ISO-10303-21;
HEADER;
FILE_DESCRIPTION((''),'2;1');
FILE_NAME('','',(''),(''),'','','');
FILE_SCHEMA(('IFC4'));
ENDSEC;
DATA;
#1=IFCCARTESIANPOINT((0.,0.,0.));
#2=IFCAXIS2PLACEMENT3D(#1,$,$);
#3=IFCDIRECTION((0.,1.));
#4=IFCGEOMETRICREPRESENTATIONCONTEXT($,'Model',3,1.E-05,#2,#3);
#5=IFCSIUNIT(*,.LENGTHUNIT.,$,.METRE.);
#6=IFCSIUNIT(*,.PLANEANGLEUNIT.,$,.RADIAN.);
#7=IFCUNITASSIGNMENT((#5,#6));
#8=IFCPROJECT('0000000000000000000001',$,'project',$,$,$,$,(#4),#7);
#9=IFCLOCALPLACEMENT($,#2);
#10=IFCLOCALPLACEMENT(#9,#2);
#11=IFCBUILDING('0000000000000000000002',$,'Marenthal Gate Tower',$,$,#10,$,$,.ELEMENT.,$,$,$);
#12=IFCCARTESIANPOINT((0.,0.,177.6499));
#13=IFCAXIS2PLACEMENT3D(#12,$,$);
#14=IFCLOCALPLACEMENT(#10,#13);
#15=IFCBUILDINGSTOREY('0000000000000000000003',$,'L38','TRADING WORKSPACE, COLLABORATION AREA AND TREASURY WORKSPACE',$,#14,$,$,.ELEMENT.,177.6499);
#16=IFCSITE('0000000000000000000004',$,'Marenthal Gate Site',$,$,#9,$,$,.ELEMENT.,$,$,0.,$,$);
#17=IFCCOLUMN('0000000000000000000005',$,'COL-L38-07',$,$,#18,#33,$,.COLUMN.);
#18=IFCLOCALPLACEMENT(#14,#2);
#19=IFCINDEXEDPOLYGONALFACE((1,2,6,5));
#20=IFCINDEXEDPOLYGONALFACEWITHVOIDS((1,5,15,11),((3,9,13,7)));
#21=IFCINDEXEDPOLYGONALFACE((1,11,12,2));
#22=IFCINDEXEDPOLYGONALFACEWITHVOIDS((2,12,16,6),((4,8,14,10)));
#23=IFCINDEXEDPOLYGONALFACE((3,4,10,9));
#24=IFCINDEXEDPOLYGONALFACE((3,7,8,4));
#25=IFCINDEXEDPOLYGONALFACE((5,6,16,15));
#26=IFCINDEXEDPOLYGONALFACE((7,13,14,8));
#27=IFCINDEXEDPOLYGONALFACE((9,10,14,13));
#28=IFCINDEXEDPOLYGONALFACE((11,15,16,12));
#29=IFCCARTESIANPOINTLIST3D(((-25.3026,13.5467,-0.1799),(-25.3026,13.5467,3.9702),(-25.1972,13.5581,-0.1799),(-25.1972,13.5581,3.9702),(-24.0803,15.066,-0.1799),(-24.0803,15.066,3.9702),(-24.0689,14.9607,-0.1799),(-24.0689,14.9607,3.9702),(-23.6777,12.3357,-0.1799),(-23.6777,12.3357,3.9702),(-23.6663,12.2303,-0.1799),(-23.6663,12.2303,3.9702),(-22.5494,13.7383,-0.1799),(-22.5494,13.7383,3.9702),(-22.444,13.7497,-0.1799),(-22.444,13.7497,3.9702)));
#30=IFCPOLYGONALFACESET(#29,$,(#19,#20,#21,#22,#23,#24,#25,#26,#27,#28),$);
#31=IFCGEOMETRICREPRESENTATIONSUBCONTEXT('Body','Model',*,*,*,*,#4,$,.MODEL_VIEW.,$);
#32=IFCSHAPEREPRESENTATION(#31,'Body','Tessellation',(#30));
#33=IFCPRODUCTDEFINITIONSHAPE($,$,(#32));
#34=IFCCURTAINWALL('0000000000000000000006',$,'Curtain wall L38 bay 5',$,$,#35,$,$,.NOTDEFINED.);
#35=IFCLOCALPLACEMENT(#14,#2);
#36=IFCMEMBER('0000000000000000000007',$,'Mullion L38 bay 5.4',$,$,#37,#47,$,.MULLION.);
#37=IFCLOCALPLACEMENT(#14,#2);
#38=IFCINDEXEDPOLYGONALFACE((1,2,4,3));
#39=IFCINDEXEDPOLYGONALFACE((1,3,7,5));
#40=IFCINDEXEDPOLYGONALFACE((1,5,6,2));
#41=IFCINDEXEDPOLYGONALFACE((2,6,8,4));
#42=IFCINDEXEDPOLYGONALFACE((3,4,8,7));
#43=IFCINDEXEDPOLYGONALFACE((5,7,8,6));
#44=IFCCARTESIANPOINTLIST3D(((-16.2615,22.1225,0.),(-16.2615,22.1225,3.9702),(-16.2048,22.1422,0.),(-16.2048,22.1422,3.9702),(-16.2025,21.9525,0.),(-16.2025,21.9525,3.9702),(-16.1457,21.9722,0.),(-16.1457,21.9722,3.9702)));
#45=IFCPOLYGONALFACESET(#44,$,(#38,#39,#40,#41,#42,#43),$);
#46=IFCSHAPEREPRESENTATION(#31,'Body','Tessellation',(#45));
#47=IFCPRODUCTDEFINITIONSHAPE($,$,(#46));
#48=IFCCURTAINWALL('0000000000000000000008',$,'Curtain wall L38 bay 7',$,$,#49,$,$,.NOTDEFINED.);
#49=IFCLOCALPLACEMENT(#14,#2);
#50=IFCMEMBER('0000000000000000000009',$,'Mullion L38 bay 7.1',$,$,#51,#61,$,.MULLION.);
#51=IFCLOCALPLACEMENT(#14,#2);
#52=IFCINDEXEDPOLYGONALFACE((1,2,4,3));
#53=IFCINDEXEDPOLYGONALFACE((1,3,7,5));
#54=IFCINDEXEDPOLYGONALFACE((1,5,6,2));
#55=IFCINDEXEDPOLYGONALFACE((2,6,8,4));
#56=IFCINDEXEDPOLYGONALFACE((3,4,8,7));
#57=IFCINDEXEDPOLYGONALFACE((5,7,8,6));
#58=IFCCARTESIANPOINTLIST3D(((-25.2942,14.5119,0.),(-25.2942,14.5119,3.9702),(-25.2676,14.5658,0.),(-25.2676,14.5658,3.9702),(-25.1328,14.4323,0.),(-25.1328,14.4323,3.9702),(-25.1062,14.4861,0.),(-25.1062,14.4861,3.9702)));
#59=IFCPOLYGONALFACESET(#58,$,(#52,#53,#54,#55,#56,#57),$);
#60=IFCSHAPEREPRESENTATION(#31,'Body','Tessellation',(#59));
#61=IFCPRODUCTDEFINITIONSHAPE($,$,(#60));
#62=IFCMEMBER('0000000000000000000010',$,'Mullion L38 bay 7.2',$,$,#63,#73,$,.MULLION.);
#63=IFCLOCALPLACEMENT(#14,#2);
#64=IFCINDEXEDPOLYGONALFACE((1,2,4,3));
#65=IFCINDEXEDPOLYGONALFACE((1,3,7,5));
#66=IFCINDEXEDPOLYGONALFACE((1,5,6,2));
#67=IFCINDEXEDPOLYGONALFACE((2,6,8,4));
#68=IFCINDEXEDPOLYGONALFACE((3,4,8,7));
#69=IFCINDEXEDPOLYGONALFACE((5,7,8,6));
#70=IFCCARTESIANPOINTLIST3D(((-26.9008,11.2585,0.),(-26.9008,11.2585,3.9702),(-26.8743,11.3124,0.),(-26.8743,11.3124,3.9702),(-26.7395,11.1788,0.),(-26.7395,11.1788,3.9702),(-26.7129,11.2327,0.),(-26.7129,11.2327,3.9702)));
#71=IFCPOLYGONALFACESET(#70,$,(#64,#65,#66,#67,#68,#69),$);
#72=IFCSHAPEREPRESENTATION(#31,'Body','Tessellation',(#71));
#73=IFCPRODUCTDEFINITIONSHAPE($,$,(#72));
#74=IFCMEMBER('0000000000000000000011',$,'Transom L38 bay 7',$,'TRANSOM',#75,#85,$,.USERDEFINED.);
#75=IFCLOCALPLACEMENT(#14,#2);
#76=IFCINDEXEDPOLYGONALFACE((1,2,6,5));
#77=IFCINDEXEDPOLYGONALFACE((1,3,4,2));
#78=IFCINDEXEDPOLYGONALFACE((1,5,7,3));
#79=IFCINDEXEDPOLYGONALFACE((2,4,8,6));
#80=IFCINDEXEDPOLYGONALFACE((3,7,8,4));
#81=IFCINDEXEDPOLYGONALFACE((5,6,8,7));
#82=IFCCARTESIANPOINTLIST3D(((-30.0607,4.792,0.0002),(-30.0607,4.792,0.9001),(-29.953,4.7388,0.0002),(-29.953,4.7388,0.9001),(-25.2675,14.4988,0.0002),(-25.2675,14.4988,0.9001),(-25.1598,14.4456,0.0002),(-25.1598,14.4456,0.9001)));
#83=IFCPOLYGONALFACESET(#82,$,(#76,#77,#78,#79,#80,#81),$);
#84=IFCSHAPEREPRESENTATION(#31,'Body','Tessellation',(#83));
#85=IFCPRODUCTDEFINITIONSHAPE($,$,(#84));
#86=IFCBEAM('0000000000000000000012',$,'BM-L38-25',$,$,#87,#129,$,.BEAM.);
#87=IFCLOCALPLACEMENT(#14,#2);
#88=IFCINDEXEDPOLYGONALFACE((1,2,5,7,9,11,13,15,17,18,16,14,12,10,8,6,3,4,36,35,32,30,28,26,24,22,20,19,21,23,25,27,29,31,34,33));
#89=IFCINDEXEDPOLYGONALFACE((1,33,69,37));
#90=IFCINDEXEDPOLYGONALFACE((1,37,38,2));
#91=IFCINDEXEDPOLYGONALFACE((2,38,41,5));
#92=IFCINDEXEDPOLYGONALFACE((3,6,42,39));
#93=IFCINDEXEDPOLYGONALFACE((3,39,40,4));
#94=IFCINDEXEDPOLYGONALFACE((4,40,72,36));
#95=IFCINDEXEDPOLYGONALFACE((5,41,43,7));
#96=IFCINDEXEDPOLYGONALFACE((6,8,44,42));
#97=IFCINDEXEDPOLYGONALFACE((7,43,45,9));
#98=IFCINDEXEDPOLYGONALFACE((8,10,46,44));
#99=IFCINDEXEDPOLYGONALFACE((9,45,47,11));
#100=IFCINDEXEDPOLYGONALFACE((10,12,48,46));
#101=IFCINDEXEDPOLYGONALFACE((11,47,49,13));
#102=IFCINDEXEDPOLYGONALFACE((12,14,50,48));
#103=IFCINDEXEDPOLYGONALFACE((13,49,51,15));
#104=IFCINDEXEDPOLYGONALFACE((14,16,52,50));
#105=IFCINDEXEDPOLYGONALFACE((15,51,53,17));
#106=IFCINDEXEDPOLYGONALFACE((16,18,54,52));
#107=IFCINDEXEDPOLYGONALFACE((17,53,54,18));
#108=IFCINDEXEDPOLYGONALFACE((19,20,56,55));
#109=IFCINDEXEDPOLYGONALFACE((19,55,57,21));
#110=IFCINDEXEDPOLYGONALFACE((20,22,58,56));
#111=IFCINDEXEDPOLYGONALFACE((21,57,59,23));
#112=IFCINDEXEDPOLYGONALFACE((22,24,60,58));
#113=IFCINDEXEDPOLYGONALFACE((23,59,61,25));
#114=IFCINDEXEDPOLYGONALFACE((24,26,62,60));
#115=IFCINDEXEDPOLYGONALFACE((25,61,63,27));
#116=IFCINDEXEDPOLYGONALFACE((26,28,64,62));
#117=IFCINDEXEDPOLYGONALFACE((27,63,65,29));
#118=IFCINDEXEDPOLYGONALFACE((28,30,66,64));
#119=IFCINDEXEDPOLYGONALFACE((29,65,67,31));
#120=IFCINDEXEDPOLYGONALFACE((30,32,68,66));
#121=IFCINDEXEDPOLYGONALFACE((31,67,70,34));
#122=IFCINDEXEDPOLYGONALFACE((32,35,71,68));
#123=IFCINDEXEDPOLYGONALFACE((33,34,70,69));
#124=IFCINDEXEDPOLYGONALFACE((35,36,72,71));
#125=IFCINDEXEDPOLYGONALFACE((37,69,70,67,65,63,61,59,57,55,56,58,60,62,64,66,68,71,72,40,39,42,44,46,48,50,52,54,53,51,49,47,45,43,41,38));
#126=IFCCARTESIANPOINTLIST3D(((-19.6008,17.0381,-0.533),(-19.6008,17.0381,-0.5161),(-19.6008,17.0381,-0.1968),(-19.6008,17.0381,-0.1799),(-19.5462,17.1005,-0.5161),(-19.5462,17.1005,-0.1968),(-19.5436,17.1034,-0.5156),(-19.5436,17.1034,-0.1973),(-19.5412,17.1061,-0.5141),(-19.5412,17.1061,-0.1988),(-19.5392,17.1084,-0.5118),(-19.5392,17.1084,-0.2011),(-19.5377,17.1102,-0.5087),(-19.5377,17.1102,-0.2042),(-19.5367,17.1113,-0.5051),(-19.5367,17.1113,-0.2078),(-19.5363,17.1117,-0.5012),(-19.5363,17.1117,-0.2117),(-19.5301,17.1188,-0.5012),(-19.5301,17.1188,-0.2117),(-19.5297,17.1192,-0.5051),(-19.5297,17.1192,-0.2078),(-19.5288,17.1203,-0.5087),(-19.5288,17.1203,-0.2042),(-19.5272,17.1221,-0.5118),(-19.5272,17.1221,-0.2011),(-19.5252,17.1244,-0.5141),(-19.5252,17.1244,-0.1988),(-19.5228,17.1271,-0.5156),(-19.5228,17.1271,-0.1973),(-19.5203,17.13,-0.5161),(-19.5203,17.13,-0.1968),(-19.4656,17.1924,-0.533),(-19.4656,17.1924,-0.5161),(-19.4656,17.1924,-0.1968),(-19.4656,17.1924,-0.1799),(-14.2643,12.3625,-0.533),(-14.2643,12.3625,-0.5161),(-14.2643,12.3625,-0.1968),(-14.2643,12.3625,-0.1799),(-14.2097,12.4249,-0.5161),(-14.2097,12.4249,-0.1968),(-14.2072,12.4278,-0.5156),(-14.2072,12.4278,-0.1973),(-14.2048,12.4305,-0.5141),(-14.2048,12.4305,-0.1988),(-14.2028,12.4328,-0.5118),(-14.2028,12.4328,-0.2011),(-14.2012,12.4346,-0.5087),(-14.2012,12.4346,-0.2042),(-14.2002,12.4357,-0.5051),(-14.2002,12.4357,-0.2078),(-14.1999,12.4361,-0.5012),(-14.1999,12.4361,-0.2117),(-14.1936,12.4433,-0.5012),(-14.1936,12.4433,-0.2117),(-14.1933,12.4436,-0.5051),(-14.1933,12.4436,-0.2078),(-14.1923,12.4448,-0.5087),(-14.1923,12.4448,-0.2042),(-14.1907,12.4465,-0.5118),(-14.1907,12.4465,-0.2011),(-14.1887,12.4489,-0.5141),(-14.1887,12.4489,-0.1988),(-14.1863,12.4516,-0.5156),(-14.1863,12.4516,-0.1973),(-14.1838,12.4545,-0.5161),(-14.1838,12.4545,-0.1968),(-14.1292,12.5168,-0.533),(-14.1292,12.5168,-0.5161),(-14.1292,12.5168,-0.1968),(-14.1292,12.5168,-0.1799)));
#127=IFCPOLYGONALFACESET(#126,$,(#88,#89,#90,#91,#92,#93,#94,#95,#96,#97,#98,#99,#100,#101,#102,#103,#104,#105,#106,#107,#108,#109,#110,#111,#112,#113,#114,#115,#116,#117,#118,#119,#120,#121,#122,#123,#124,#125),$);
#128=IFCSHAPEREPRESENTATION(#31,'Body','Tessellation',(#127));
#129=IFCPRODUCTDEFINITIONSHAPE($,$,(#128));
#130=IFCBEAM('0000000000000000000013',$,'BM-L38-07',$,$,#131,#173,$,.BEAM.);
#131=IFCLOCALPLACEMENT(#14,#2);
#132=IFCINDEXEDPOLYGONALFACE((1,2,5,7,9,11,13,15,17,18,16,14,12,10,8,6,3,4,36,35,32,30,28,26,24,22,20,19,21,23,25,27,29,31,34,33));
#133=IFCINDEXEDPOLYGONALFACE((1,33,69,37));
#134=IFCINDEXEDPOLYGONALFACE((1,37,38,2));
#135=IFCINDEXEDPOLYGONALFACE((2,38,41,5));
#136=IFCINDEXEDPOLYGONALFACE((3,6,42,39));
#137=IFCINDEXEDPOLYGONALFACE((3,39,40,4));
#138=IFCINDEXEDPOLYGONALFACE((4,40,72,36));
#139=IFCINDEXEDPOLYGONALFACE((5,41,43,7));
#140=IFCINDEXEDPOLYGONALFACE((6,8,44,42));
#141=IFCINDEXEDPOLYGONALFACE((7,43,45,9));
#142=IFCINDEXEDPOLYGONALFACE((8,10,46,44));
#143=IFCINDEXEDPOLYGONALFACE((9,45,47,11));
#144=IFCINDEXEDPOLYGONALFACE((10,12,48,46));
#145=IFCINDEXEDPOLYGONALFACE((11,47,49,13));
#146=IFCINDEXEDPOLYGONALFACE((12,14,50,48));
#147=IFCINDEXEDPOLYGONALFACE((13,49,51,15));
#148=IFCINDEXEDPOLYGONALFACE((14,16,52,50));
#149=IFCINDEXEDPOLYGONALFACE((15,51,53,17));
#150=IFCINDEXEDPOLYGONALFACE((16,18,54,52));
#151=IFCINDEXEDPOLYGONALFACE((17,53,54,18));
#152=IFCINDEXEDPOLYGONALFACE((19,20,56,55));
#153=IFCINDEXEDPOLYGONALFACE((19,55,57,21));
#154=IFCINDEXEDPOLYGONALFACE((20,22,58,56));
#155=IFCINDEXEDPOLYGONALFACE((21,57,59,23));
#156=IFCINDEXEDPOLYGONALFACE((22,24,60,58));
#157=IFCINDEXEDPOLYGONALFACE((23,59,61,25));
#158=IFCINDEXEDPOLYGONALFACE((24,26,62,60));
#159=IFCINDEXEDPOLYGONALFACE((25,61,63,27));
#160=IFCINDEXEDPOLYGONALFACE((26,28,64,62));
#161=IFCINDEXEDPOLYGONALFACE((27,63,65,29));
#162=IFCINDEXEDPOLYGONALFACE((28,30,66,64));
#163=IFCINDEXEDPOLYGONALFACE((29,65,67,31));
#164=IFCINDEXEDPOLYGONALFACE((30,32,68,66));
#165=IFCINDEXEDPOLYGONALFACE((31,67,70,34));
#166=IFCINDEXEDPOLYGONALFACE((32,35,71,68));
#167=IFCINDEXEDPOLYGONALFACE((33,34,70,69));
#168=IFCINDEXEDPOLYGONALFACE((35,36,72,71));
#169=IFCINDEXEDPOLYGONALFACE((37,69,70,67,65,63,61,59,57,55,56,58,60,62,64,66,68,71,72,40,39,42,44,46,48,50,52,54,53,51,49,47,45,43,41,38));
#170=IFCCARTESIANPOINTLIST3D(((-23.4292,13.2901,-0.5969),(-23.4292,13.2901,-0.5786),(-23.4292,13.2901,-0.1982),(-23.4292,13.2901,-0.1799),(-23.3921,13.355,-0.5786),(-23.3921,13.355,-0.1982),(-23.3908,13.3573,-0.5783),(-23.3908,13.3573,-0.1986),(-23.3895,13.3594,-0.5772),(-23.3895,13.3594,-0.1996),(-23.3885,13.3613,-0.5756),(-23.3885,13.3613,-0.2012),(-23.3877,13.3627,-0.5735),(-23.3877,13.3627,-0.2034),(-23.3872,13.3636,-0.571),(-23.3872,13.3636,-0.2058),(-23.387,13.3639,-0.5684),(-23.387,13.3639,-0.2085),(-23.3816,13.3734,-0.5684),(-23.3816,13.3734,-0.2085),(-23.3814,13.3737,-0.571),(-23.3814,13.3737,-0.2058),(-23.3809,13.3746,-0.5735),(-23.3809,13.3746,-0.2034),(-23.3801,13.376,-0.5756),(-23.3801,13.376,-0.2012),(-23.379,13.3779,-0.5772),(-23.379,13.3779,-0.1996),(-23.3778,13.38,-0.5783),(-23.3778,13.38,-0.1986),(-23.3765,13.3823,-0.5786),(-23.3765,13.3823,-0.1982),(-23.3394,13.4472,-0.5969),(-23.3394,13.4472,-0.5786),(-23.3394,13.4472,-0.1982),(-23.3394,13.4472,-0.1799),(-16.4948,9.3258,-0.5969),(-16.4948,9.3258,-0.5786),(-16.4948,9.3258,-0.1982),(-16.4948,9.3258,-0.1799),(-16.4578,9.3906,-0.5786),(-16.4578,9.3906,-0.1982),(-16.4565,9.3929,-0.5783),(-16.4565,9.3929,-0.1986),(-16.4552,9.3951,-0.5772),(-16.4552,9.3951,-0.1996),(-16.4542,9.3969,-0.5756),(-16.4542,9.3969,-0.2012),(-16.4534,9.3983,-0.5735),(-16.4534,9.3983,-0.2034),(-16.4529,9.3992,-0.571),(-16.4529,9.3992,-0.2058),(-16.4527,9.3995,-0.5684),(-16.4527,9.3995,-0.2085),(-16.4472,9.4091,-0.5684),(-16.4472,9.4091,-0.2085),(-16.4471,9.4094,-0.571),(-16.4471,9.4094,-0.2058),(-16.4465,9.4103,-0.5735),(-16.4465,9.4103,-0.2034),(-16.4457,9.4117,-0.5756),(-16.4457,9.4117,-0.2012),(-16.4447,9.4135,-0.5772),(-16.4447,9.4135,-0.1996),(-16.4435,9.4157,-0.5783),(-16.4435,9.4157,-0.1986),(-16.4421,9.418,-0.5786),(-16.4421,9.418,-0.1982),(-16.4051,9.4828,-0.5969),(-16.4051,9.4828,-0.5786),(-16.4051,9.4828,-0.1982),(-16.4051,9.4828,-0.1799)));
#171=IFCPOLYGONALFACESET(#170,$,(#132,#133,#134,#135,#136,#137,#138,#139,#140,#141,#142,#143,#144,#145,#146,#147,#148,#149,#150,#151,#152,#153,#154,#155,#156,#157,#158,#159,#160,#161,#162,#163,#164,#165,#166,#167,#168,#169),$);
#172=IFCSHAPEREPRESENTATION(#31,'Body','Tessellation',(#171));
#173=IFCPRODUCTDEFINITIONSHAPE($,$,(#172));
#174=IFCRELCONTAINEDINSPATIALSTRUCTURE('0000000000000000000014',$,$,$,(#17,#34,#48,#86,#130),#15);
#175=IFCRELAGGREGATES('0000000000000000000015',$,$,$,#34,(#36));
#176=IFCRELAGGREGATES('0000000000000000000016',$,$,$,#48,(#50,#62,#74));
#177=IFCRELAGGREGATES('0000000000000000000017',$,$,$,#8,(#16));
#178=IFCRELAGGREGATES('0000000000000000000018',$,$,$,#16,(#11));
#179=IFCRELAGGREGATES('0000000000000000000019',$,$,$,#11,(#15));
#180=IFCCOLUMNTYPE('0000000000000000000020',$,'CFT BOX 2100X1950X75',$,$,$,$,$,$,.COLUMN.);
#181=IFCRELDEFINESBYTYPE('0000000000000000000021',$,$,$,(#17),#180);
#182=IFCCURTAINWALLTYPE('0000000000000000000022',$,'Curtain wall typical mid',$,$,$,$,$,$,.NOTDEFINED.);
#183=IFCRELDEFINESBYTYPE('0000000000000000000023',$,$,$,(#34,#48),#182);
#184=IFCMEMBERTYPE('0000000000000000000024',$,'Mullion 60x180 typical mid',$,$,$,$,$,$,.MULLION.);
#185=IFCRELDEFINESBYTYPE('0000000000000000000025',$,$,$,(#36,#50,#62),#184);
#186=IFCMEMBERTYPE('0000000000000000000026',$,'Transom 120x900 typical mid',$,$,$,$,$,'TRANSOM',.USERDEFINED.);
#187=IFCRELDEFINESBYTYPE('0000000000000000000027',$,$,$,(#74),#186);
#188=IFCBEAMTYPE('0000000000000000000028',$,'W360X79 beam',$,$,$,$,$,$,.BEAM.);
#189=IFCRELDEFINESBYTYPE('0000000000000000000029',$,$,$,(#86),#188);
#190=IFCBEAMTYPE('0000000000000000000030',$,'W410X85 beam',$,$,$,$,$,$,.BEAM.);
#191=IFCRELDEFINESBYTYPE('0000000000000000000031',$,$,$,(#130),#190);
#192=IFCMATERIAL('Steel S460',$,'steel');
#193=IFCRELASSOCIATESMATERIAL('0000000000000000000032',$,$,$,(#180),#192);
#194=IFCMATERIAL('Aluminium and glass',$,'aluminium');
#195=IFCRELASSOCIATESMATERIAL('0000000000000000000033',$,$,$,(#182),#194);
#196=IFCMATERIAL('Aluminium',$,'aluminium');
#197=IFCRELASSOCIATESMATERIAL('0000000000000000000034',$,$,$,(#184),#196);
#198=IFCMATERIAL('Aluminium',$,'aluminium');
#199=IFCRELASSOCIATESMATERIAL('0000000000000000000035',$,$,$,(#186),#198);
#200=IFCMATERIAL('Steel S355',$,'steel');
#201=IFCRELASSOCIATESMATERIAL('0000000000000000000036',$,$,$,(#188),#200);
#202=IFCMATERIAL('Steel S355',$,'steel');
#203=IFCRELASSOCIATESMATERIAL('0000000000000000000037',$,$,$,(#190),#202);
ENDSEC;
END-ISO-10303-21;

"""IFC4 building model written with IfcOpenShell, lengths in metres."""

from ifc_helpers import new_model, si_unit, direction, frame, origin, origin_2d, place, context, subcontext, project, spatial, rectangle, hollow_rectangle, i_section, extrude, material, material_profile, profile_set, type_object, element, aggregate, save


model = new_model("IFC4")

# Units and contexts
model_context = context("Model", 3, precision=1e-05, world=origin(), true_north=direction((0.0, 1.0)))
body_context = subcontext(model_context, "Body", "Model", "MODEL_VIEW")
ifc_project = project(units=[si_unit("LENGTHUNIT", "METRE"), si_unit("PLANEANGLEUNIT", "RADIAN")], contexts=[model_context])

# Site, building, storey
site_placement = place(None, origin())
site = spatial("IfcSite", under=ifc_project, at=site_placement, Name="Marenthal Gate Site", CompositionType="ELEMENT", RefElevation=0.0)
building_placement = place(site_placement, origin())
building = spatial("IfcBuilding", under=site, at=building_placement, Name="Marenthal Gate Tower", CompositionType="ELEMENT")
storey_placement = place(building_placement, frame((0.0, 0.0, 177.6499)))
storey = spatial("IfcBuildingStorey", under=building, at=storey_placement, Name="L38", Description="TRADING WORKSPACE, COLLABORATION AREA AND TREASURY WORKSPACE", CompositionType="ELEMENT", Elevation=177.6499)

# Column
ifc_material_1 = material(Name="Steel S460", Category="steel")
ifc_material_profile_1 = material_profile(ifc_material_1, hollow_rectangle(XDim=1.95, YDim=2.1001, WallThickness=0.075, at=origin_2d()), Name="CFT BOX 2100X1950X75")
ifc_material_2 = material(Name="Concrete 70 MPa", Category="concrete")
ifc_material_profile_2 = material_profile(ifc_material_2, rectangle(XDim=1.8, YDim=1.95, at=origin_2d()), Name="CFT BOX 2100X1950X75 INFILL")
ifc_profile_set_1 = profile_set([ifc_material_profile_1, ifc_material_profile_2], Name="Steel S460 shell, Concrete 70 MPa infill")
column_type = type_object("IfcColumnType", Name="CFT BOX 2100X1950X75", PredefinedType="COLUMN", material=ifc_profile_set_1)
column_placement = place(storey_placement, frame((-23.8733, 13.6482, -0.1799), z_axis=(0.0, 0.0, 1.0), x_axis=(0.626815, 0.779168, 0.0)))
element("IfcColumn", 1, at=column_placement, inside=storey, type_object=column_type, Name="COL-L38-07", PredefinedType="COLUMN", context=body_context, shape_type="SweptSolid", body=[
    extrude(hollow_rectangle(XDim=1.95, YDim=2.1001, WallThickness=0.075, at=origin_2d()), origin(), (0.0, 0.0, 1.0), 4.1501),
])

# Curtain wall, member
ifc_material_3 = material(Name="Aluminium and glass", Category="aluminium")
curtain_wall_type = type_object("IfcCurtainWallType", Name="Curtain wall typical mid", PredefinedType="NOTDEFINED", material=ifc_material_3)
curtain_wall_1_placement = place(storey_placement, origin())
curtain_wall_1 = element("IfcCurtainWall", 2, at=curtain_wall_1_placement, inside=storey, type_object=curtain_wall_type, Name="Curtain wall L38 bay 5", PredefinedType="NOTDEFINED")
ifc_material_4 = material(Name="Aluminium", Category="aluminium")
ifc_material_profile_3 = material_profile(ifc_material_4, rectangle(XDim=0.1799, YDim=0.0601, at=origin_2d()), Name="60x180 aluminium mullion")
ifc_profile_set_2 = profile_set([ifc_material_profile_3], Name="Aluminium")
member_type_1 = type_object("IfcMemberType", Name="Mullion 60x180 typical mid", PredefinedType="MULLION", material=ifc_profile_set_2)
member_1_placement = place(storey_placement, frame((-16.2036, 22.0474, 0.0), z_axis=(0.0, 0.0, 1.0), x_axis=(0.328211, -0.944604, 0.0)))
member_1 = element("IfcMember", 3, at=member_1_placement, type_object=member_type_1, Name="Mullion L38 bay 5.4", PredefinedType="MULLION", context=body_context, shape_type="SweptSolid", body=[
    extrude(rectangle(XDim=0.1799, YDim=0.0601, at=origin_2d()), origin(), (0.0, 0.0, 1.0), 3.9702),
])
aggregate(curtain_wall_1, [member_1])

# Curtain wall, members
curtain_wall_2_placement = place(storey_placement, origin())
curtain_wall_2 = element("IfcCurtainWall", 4, at=curtain_wall_2_placement, inside=storey, type_object=curtain_wall_type, Name="Curtain wall L38 bay 7", PredefinedType="NOTDEFINED")
member_2_placement = place(storey_placement, frame((-25.2002, 14.499, 0.0), z_axis=(0.0, 0.0, 1.0), x_axis=(0.896643, -0.442753, 0.0)))
member_2 = element("IfcMember", 5, at=member_2_placement, type_object=member_type_1, Name="Mullion L38 bay 7.1", PredefinedType="MULLION", context=body_context, shape_type="SweptSolid", body=[
    extrude(rectangle(XDim=0.1799, YDim=0.0601, at=origin_2d()), origin(), (0.0, 0.0, 1.0), 3.9702),
])
member_3_placement = place(storey_placement, frame((-26.8069, 11.2456, 0.0), z_axis=(0.0, 0.0, 1.0), x_axis=(0.896643, -0.442753, 0.0)))
member_3 = element("IfcMember", 6, at=member_3_placement, type_object=member_type_1, Name="Mullion L38 bay 7.2", PredefinedType="MULLION", context=body_context, shape_type="SweptSolid", body=[
    extrude(rectangle(XDim=0.1799, YDim=0.0601, at=origin_2d()), origin(), (0.0, 0.0, 1.0), 3.9702),
])
ifc_material_5 = material(Name="Aluminium", Category="aluminium")
ifc_material_profile_4 = material_profile(ifc_material_5, rectangle(XDim=0.1201, YDim=0.8999, at=origin_2d()), Name="120x900 aluminium transom")
ifc_profile_set_3 = profile_set([ifc_material_profile_4], Name="Aluminium")
member_type_2 = type_object("IfcMemberType", Name="Transom 120x900 typical mid", ElementType="TRANSOM", PredefinedType="USERDEFINED", material=ifc_profile_set_3)
member_4_placement = place(storey_placement, frame((-25.2136, 14.4722, 0.4502), z_axis=(-0.442761, -0.89664, 0.0), x_axis=(0.89664, -0.442761, 0.0)))
member_4 = element("IfcMember", 7, at=member_4_placement, type_object=member_type_2, Name="Transom L38 bay 7", ObjectType="TRANSOM", PredefinedType="USERDEFINED", context=body_context, shape_type="SweptSolid", body=[
    extrude(rectangle(XDim=0.1201, YDim=0.8999, at=origin_2d()), origin(), (0.0, 0.0, 1.0), 10.8257),
])

# Beams
ifc_material_6 = material(Name="Steel S355", Category="steel")
ifc_material_profile_5 = material_profile(ifc_material_6, i_section(OverallWidth=0.2051, OverallDepth=0.353, WebThickness=0.0095, FlangeThickness=0.0168, FilletRadius=0.0149, at=origin_2d()), Name="W360X79")
ifc_profile_set_4 = profile_set([ifc_material_profile_5], Name="Steel S355")
beam_type_1 = type_object("IfcBeamType", Name="W360X79 beam", PredefinedType="BEAM", material=ifc_profile_set_4)
beam_1_placement = place(storey_placement, frame((-19.5332, 17.1152, -0.3564), z_axis=(0.752146, -0.658997, 0.0), x_axis=(0.658997, 0.752146, 0.0)))
element("IfcBeam", 8, at=beam_1_placement, inside=storey, type_object=beam_type_1, Name="BM-L38-25", PredefinedType="BEAM", context=body_context, shape_type="SweptSolid", body=[
    extrude(i_section(OverallWidth=0.2051, OverallDepth=0.353, WebThickness=0.0095, FlangeThickness=0.0168, FilletRadius=0.0149, at=origin_2d()), origin(), (0.0, 0.0, 1.0), 7.095),
])
ifc_material_7 = material(Name="Steel S355", Category="steel")
ifc_material_profile_6 = material_profile(ifc_material_7, i_section(OverallWidth=0.1809, OverallDepth=0.417, WebThickness=0.011, FlangeThickness=0.0183, FilletRadius=0.0103, at=origin_2d()), Name="W410X85")
ifc_profile_set_5 = profile_set([ifc_material_profile_6], Name="Steel S355")
beam_type_2 = type_object("IfcBeamType", Name="W410X85 beam", PredefinedType="BEAM", material=ifc_profile_set_5)
beam_2_placement = place(storey_placement, frame((-23.3843, 13.3687, -0.3884), z_axis=(0.868142, -0.496317, 0.0), x_axis=(0.496317, 0.868142, 0.0)))
element("IfcBeam", 9, at=beam_2_placement, inside=storey, type_object=beam_type_2, Name="BM-L38-07", PredefinedType="BEAM", context=body_context, shape_type="SweptSolid", body=[
    extrude(i_section(OverallWidth=0.1809, OverallDepth=0.417, WebThickness=0.011, FlangeThickness=0.0183, FilletRadius=0.0103, at=origin_2d()), origin(), (0.0, 0.0, 1.0), 7.9875),
])

aggregate(curtain_wall_2, [member_2, member_3, member_4])

save(model, "model.ifc")
